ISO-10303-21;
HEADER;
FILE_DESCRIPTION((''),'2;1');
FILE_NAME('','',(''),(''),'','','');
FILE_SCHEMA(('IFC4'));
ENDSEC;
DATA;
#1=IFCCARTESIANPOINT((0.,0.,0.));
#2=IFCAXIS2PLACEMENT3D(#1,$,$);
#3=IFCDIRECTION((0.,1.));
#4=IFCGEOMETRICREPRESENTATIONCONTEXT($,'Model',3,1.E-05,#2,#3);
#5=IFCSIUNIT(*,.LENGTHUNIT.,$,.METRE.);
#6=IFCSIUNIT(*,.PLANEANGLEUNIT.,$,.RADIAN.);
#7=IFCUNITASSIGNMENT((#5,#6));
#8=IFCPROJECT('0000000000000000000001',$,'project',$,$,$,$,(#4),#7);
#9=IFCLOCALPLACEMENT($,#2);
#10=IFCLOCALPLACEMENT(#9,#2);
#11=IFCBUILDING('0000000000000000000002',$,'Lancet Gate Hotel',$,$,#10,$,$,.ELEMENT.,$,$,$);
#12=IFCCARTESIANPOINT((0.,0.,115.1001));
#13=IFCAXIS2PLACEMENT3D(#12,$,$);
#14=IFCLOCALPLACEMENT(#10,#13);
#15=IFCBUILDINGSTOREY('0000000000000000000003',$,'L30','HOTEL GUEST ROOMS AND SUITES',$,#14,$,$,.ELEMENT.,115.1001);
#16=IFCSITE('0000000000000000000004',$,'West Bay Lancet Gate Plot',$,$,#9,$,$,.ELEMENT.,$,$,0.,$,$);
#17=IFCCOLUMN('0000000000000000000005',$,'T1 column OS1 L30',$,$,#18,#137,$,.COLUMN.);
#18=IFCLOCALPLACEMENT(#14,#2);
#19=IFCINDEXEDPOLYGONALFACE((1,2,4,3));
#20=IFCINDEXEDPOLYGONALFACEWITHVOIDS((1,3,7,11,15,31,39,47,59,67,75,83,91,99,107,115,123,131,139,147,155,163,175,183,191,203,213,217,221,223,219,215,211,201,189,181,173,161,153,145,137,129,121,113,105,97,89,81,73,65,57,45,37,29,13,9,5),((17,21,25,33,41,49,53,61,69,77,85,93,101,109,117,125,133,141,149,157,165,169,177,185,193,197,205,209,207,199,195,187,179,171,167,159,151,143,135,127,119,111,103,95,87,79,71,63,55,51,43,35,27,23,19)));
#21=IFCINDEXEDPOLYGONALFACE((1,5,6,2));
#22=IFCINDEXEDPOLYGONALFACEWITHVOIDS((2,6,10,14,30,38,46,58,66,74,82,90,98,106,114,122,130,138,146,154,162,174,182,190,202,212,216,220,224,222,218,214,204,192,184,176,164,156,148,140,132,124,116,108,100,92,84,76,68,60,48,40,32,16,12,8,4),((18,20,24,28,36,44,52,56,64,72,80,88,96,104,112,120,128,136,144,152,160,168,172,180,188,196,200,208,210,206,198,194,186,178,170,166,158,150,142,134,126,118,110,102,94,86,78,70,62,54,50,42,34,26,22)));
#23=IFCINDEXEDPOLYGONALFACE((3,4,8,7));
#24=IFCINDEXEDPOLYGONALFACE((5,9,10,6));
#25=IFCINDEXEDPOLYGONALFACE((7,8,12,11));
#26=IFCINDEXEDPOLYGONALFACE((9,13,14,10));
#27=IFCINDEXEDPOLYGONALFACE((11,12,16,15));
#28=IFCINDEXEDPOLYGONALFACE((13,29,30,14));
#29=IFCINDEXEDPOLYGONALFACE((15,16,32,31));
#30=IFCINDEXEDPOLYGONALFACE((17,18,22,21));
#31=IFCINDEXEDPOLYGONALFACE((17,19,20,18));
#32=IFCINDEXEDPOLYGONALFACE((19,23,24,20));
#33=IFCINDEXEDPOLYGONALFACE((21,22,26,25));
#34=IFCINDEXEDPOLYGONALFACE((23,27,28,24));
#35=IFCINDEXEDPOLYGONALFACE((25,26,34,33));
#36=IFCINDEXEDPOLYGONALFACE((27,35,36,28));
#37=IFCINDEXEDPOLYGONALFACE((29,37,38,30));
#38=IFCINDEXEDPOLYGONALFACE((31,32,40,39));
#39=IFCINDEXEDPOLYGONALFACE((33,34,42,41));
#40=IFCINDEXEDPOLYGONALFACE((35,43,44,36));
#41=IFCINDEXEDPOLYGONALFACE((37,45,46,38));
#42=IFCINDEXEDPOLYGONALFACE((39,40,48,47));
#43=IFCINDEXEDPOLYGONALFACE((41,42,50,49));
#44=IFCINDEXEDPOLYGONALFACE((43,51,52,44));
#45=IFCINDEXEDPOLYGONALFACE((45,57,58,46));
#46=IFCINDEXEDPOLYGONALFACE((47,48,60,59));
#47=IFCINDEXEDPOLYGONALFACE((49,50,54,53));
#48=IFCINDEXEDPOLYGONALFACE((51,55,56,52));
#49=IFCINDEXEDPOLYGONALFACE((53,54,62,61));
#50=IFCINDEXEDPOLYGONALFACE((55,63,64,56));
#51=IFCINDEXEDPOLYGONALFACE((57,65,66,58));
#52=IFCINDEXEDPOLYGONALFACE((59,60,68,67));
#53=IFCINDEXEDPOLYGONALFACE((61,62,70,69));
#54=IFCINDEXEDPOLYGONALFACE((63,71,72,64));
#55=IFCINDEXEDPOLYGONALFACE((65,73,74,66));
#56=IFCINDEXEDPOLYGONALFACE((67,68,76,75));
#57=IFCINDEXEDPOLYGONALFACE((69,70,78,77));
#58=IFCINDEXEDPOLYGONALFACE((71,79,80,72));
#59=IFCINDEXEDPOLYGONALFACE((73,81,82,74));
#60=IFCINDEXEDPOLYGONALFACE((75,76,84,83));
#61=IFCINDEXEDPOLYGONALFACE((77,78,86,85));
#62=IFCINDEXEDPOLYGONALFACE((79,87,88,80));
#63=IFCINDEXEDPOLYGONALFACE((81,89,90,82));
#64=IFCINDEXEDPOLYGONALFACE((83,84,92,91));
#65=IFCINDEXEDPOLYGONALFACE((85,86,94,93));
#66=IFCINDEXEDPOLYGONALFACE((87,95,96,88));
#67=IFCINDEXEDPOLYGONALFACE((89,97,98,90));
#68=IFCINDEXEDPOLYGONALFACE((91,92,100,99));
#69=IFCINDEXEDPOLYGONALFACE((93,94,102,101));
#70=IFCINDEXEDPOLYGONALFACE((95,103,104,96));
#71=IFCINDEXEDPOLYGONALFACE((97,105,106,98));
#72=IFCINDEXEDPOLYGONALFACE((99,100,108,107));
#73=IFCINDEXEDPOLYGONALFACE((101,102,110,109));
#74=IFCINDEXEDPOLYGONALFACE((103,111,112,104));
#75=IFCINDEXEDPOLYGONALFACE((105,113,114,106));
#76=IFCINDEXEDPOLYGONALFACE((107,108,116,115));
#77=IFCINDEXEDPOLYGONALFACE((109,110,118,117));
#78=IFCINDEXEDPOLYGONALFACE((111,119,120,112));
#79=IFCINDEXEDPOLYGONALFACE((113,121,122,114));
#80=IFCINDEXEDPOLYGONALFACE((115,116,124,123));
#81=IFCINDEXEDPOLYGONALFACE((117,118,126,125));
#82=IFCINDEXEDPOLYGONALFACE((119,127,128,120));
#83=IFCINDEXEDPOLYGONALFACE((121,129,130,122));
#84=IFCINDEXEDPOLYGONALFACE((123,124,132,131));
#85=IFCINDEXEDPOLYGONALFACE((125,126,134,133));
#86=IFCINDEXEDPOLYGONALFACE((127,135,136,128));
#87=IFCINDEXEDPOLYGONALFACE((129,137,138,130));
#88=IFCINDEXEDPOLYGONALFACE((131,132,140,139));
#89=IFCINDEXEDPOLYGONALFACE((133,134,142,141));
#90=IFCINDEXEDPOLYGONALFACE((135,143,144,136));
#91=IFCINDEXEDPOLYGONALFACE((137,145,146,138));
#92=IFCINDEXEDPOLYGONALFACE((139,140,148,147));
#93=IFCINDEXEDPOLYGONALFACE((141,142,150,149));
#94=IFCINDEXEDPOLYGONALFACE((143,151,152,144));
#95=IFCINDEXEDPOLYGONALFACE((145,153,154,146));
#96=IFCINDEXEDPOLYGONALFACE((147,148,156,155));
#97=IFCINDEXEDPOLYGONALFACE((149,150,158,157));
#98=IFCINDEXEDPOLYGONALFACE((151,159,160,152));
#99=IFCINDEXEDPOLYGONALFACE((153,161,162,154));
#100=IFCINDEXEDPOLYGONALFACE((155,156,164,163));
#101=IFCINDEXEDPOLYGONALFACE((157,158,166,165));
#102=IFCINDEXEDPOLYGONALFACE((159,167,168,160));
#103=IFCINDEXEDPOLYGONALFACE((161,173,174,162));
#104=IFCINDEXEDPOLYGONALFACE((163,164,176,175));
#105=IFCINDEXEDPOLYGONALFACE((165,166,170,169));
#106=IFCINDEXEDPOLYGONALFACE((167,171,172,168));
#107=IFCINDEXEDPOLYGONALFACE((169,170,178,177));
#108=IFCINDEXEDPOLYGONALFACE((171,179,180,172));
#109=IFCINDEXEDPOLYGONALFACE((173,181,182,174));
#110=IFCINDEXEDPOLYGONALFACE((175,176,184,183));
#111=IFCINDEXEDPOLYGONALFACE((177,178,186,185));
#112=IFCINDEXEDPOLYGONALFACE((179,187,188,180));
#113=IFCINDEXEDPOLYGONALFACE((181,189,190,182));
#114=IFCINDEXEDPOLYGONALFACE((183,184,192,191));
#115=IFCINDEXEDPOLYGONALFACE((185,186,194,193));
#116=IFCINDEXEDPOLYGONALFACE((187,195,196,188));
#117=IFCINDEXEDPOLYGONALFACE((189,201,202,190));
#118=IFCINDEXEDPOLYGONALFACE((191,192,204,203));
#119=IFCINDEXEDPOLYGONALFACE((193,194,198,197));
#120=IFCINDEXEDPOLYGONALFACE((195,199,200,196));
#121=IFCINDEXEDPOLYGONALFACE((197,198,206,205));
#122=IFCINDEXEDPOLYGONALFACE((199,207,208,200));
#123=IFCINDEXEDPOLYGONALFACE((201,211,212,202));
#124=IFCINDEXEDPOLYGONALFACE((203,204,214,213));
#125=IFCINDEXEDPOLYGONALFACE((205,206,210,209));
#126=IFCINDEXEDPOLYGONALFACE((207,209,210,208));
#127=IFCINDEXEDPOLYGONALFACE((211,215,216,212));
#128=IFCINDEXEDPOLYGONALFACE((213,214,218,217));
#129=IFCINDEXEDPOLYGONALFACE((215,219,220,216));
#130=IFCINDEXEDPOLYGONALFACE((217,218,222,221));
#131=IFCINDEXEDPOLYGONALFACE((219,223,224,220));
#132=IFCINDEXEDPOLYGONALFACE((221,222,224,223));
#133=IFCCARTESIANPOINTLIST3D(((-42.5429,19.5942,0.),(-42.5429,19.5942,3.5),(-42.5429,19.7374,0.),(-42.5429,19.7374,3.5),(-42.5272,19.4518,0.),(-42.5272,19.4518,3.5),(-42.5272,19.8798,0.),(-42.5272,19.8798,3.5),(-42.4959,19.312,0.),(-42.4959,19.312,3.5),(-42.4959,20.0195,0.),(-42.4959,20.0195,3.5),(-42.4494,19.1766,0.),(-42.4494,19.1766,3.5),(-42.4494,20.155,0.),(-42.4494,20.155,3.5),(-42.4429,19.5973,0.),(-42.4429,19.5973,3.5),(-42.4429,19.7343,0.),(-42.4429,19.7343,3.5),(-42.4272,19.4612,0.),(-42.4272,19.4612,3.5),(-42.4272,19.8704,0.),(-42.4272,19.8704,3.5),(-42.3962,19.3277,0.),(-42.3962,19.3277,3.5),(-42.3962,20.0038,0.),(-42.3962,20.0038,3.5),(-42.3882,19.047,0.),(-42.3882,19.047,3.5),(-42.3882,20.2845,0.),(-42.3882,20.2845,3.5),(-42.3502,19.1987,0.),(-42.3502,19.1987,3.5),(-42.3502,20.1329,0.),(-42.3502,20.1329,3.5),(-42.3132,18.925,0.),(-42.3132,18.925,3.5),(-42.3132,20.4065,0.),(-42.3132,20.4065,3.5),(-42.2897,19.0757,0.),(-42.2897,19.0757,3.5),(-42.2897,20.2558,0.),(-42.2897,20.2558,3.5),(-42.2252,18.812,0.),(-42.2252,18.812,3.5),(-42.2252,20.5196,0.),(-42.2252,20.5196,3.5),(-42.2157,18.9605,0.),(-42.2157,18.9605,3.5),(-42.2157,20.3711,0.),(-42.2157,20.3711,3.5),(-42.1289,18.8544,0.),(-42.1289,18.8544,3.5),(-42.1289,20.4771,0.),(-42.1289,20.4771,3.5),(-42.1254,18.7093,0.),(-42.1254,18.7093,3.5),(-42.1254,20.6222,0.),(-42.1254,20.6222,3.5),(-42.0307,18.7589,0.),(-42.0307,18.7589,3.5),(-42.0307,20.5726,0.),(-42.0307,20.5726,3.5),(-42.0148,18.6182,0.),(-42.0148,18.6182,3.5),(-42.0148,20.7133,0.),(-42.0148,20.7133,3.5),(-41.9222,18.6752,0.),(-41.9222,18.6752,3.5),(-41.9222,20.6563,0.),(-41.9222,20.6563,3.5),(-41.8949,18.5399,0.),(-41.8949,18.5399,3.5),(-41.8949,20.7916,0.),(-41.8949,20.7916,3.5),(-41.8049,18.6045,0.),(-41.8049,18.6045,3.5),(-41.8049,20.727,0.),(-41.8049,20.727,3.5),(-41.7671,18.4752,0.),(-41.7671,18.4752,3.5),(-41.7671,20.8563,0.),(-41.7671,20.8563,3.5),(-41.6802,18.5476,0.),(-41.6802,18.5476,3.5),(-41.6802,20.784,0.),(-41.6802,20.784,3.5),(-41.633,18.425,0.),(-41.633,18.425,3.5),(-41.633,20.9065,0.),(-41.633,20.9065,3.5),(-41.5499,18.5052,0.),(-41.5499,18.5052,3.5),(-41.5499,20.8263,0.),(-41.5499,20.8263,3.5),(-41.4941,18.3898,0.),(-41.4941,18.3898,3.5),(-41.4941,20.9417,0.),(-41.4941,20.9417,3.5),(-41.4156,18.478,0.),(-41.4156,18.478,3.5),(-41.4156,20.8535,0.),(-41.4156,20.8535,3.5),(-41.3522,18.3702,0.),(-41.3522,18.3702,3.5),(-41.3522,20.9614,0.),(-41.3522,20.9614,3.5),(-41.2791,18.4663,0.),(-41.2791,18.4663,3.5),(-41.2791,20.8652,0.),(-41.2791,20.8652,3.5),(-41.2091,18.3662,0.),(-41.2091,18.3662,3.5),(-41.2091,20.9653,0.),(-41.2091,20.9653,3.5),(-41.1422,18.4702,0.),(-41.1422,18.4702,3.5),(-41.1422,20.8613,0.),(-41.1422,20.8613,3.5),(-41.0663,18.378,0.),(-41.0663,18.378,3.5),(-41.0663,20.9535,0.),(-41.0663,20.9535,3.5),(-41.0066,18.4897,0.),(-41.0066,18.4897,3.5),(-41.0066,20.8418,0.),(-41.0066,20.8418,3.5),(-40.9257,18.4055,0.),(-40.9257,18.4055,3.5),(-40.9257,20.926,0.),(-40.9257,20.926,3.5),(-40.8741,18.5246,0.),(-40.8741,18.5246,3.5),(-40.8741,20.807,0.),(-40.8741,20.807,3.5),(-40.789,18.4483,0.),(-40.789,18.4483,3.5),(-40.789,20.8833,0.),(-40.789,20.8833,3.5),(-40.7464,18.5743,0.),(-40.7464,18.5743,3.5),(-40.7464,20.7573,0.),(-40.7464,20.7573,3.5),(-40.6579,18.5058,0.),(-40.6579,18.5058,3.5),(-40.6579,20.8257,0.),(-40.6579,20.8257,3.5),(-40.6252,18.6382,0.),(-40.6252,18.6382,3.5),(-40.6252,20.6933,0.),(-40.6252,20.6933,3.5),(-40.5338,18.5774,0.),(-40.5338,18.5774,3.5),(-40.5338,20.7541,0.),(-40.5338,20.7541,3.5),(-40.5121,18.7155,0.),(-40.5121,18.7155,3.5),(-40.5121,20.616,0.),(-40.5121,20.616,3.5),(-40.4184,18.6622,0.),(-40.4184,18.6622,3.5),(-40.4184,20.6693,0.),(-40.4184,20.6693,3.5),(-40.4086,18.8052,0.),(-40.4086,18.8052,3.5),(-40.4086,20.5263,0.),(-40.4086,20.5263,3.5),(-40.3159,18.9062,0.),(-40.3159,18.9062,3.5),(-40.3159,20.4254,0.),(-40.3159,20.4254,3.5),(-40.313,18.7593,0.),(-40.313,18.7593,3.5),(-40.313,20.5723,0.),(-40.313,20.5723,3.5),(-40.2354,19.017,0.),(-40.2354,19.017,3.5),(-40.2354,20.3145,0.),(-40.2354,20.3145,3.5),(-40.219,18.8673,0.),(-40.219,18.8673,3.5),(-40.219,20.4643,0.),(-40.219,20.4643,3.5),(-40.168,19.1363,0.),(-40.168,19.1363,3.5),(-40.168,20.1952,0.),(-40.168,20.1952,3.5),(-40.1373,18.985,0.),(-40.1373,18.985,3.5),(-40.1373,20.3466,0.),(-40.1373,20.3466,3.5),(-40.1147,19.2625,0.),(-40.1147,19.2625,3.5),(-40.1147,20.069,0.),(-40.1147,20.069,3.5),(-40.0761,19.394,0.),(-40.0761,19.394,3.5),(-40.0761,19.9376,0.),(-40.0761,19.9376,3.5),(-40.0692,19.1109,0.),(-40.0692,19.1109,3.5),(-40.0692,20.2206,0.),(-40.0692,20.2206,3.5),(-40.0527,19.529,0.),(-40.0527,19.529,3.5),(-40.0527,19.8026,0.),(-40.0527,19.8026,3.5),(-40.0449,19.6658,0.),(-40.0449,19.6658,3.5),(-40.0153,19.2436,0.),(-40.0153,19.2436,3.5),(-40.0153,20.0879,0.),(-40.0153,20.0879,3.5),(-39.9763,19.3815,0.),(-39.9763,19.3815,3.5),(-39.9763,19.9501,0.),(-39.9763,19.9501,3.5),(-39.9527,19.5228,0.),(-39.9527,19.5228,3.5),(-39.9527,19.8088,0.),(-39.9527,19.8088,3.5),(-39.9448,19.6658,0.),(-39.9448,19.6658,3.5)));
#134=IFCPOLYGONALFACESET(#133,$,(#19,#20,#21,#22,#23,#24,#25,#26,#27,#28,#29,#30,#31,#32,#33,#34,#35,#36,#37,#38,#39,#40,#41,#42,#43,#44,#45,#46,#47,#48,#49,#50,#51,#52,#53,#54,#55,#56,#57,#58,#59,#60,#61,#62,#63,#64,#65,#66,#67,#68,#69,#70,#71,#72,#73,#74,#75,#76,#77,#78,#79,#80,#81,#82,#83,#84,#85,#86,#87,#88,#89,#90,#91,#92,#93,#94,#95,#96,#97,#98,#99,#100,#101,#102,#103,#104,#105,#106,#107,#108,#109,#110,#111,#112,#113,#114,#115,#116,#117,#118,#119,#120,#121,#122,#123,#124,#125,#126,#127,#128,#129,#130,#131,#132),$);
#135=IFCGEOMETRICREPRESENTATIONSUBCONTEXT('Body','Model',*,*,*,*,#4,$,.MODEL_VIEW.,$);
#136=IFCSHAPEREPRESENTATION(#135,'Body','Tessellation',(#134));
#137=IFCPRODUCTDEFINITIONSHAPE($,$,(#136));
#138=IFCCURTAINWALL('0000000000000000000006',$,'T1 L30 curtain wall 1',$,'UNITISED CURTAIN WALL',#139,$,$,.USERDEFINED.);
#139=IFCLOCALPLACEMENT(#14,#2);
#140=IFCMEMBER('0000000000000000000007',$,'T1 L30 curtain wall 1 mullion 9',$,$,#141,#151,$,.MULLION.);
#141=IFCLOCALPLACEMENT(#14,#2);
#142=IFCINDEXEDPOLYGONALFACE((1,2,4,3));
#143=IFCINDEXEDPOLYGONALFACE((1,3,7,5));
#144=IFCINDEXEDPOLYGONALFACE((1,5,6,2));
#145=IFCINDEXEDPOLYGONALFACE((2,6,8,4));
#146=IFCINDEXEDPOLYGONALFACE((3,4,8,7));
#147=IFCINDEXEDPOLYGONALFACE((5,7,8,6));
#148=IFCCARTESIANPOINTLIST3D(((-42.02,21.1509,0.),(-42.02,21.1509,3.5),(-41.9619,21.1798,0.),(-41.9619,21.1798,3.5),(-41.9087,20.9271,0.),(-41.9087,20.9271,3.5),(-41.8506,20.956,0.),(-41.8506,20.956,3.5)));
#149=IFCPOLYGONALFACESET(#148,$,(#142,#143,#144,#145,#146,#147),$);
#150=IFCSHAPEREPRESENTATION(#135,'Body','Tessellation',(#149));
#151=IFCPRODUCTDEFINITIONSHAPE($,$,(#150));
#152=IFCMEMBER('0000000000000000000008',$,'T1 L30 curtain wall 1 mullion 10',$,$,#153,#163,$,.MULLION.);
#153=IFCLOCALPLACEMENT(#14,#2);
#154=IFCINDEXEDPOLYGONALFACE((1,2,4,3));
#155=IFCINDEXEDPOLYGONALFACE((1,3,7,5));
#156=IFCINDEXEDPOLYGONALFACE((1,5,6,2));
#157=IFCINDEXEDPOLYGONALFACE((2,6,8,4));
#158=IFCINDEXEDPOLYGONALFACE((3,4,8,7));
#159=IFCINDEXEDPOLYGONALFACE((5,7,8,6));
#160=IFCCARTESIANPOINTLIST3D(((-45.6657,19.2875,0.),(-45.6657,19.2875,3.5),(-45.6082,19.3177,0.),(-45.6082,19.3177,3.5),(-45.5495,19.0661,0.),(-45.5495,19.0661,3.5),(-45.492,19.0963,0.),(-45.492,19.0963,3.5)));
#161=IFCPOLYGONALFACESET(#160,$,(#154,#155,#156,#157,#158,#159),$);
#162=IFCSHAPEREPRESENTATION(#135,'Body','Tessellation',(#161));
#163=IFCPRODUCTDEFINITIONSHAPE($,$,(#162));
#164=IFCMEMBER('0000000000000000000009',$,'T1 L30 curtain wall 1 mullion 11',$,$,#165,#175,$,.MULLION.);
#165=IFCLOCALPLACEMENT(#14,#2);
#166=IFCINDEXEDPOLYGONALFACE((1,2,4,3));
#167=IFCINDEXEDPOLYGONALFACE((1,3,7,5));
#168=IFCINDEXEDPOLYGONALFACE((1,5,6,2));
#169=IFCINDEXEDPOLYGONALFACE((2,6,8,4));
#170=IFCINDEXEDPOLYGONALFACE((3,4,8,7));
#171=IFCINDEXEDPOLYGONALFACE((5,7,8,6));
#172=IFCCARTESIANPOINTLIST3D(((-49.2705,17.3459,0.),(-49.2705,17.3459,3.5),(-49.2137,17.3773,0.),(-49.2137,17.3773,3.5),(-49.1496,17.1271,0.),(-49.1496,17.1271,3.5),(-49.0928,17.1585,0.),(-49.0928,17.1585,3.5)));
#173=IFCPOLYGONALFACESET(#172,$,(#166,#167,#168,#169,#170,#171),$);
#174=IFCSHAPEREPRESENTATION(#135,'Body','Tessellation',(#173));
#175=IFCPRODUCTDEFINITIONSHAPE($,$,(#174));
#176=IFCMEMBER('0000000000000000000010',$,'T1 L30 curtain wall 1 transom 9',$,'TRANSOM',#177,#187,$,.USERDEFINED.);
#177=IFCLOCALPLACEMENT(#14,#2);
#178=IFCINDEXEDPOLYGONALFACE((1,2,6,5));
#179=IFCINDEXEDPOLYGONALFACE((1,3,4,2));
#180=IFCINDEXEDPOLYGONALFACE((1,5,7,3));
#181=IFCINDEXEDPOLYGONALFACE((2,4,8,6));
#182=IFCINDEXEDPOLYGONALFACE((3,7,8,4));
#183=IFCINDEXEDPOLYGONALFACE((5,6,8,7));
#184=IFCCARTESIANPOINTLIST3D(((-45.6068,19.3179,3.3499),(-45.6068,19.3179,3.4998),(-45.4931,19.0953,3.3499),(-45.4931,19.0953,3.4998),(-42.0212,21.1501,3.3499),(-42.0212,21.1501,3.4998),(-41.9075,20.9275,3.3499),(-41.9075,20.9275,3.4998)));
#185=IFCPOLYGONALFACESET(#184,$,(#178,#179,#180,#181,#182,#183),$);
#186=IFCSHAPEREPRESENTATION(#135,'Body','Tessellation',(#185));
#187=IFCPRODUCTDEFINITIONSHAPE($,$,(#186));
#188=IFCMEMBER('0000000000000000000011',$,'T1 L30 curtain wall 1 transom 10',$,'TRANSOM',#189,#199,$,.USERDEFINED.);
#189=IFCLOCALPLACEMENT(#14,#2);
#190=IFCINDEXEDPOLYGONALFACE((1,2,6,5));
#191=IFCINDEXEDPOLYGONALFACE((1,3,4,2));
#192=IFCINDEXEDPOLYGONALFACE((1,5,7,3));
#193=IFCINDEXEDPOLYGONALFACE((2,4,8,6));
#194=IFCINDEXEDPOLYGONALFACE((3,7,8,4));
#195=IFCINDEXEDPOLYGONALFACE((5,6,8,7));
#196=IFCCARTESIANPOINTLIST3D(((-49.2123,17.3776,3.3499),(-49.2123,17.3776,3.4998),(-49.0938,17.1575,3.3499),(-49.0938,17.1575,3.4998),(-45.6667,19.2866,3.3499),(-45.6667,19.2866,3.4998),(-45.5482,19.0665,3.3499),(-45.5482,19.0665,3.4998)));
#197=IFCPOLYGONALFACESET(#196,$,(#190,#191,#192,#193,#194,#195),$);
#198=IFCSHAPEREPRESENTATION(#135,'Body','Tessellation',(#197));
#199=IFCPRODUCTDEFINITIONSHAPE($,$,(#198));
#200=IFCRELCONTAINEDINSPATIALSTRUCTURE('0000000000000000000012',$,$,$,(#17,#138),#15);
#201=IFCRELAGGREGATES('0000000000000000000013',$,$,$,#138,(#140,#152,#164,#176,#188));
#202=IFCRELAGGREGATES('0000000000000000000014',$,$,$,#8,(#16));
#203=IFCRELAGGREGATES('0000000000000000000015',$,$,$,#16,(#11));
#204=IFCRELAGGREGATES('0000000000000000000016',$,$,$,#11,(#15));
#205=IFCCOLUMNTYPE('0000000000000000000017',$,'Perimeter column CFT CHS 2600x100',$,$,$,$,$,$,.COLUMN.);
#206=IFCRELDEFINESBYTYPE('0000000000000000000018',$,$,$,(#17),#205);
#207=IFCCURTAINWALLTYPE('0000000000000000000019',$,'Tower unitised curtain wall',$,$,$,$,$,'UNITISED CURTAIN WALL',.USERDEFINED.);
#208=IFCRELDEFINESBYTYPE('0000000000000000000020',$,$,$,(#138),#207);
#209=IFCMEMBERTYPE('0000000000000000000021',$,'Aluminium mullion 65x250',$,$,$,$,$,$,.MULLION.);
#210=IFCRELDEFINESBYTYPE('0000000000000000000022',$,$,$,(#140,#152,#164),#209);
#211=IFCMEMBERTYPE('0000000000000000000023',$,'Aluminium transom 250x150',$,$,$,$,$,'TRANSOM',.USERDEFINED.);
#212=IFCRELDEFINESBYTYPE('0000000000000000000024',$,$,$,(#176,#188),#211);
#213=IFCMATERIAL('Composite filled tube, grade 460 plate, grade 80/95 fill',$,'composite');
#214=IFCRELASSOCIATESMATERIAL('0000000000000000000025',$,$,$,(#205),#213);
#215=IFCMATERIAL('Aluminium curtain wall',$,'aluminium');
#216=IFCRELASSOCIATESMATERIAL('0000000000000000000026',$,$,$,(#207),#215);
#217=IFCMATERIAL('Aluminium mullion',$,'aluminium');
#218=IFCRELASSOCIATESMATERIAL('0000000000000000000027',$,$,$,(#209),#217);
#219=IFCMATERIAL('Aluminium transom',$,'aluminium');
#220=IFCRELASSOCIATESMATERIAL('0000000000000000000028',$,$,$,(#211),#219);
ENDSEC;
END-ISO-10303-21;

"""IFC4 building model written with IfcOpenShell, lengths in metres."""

from ifc_helpers import new_model, si_unit, direction, frame, origin, origin_2d, place, context, subcontext, project, spatial, rectangle, hollow_circle, extrude, material, material_profile, profile_set, type_object, element, aggregate, save


model = new_model("IFC4")

# Units and contexts
model_context = context("Model", 3, precision=1e-05, world=origin(), true_north=direction((0.0, 1.0)))
body_context = subcontext(model_context, "Body", "Model", "MODEL_VIEW")
ifc_project = project(units=[si_unit("LENGTHUNIT", "METRE"), si_unit("PLANEANGLEUNIT", "RADIAN")], contexts=[model_context])

# Site, building, storey
site_placement = place(None, origin())
site = spatial("IfcSite", under=ifc_project, at=site_placement, Name="West Bay Lancet Gate Plot", CompositionType="ELEMENT", RefElevation=0.0)
building_placement = place(site_placement, origin())
building = spatial("IfcBuilding", under=site, at=building_placement, Name="Lancet Gate Hotel", CompositionType="ELEMENT")
storey_placement = place(building_placement, frame((0.0, 0.0, 115.1001)))
storey = spatial("IfcBuildingStorey", under=building, at=storey_placement, Name="L30", Description="HOTEL GUEST ROOMS AND SUITES", CompositionType="ELEMENT", Elevation=115.1001)

# Column
ifc_material_1 = material(Name="Composite filled tube, grade 460 plate, grade 80/95 fill", Category="composite")
ifc_material_profile_1 = material_profile(ifc_material_1, hollow_circle(Radius=1.3, WallThickness=0.1001, at=origin_2d()), Name="CHS 2600x100")
ifc_profile_set_1 = profile_set([ifc_material_profile_1], Name="Composite filled tube, grade 460 plate, grade 80/95 fill")
column_type = type_object("IfcColumnType", Name="Perimeter column CFT CHS 2600x100", PredefinedType="COLUMN", material=ifc_profile_set_1)
column_placement = place(storey_placement, frame((-41.2449, 19.6658, 0.0), z_axis=(0.0, 0.0, 1.0), x_axis=(1.0, 0.0, 0.0)))
element("IfcColumn", 1, at=column_placement, inside=storey, type_object=column_type, Name="T1 column OS1 L30", PredefinedType="COLUMN", context=body_context, shape_type="SweptSolid", body=[
    extrude(hollow_circle(Radius=1.3, WallThickness=0.1001, at=origin_2d()), origin(), (0.0, 0.0, 1.0), 3.5),
])

# Curtain wall, members
ifc_material_2 = material(Name="Aluminium curtain wall", Category="aluminium")
curtain_wall_type = type_object("IfcCurtainWallType", Name="Tower unitised curtain wall", ElementType="UNITISED CURTAIN WALL", PredefinedType="USERDEFINED", material=ifc_material_2)
curtain_wall_placement = place(storey_placement, origin())
curtain_wall = element("IfcCurtainWall", 2, at=curtain_wall_placement, inside=storey, type_object=curtain_wall_type, Name="T1 L30 curtain wall 1", ObjectType="UNITISED CURTAIN WALL", PredefinedType="USERDEFINED")
ifc_material_3 = material(Name="Aluminium mullion", Category="aluminium")
ifc_material_profile_2 = material_profile(ifc_material_3, rectangle(XDim=0.0649, YDim=0.25, at=origin_2d()), Name="MULLION 65x250")
ifc_profile_set_2 = profile_set([ifc_material_profile_2], Name="Aluminium mullion")
member_type_1 = type_object("IfcMemberType", Name="Aluminium mullion 65x250", PredefinedType="MULLION", material=ifc_profile_set_2)
member_1_placement = place(storey_placement, frame((-41.9353, 21.0535, 0.0), z_axis=(0.0, 0.0, 1.0), x_axis=(-0.895339, -0.445384, 0.0)))
member_1 = element("IfcMember", 3, at=member_1_placement, type_object=member_type_1, Name="T1 L30 curtain wall 1 mullion 9", PredefinedType="MULLION", context=body_context, shape_type="SweptSolid", body=[
    extrude(rectangle(XDim=0.0649, YDim=0.25, at=origin_2d()), origin(), (0.0, 0.0, 1.0), 3.5),
])
member_2_placement = place(storey_placement, frame((-45.5789, 19.1919, 0.0), z_axis=(0.0, 0.0, 1.0), x_axis=(-0.885544, -0.464555, 0.0)))
member_2 = element("IfcMember", 4, at=member_2_placement, type_object=member_type_1, Name="T1 L30 curtain wall 1 mullion 10", PredefinedType="MULLION", context=body_context, shape_type="SweptSolid", body=[
    extrude(rectangle(XDim=0.0649, YDim=0.25, at=origin_2d()), origin(), (0.0, 0.0, 1.0), 3.5),
])
member_3_placement = place(storey_placement, frame((-49.1816, 17.2522, 0.0), z_axis=(0.0, 0.0, 1.0), x_axis=(-0.875339, -0.48351, 0.0)))
member_3 = element("IfcMember", 5, at=member_3_placement, type_object=member_type_1, Name="T1 L30 curtain wall 1 mullion 11", PredefinedType="MULLION", context=body_context, shape_type="SweptSolid", body=[
    extrude(rectangle(XDim=0.0649, YDim=0.25, at=origin_2d()), origin(), (0.0, 0.0, 1.0), 3.5),
])
ifc_material_4 = material(Name="Aluminium transom", Category="aluminium")
ifc_material_profile_3 = material_profile(ifc_material_4, rectangle(XDim=0.25, YDim=0.1499, at=origin_2d()), Name="TRANSOM 250x150")
ifc_profile_set_3 = profile_set([ifc_material_profile_3], Name="Aluminium transom")
member_type_2 = type_object("IfcMemberType", Name="Aluminium transom 250x150", ElementType="TRANSOM", PredefinedType="USERDEFINED", material=ifc_profile_set_3)
member_4_placement = place(storey_placement, frame((-41.9644, 21.0388, 3.4248), z_axis=(-0.890476, -0.45503, 0.0), x_axis=(0.45503, -0.890476, 0.0)))
member_4 = element("IfcMember", 6, at=member_4_placement, type_object=member_type_2, Name="T1 L30 curtain wall 1 transom 9", ObjectType="TRANSOM", PredefinedType="USERDEFINED", context=body_context, shape_type="SweptSolid", body=[
    extrude(rectangle(XDim=0.25, YDim=0.1499, at=origin_2d()), origin(), (0.0, 0.0, 1.0), 4.0266),
])
member_5_placement = place(storey_placement, frame((-45.6074, 19.1765, 3.4248), z_axis=(-0.880498, -0.474049, 0.0), x_axis=(0.474049, -0.880498, 0.0)))
member_5 = element("IfcMember", 7, at=member_5_placement, type_object=member_type_2, Name="T1 L30 curtain wall 1 transom 10", ObjectType="TRANSOM", PredefinedType="USERDEFINED", context=body_context, shape_type="SweptSolid", body=[
    extrude(rectangle(XDim=0.25, YDim=0.1499, at=origin_2d()), origin(), (0.0, 0.0, 1.0), 4.0269),
])

aggregate(curtain_wall, [member_1, member_2, member_3, member_4, member_5])

save(model, "model.ifc")
